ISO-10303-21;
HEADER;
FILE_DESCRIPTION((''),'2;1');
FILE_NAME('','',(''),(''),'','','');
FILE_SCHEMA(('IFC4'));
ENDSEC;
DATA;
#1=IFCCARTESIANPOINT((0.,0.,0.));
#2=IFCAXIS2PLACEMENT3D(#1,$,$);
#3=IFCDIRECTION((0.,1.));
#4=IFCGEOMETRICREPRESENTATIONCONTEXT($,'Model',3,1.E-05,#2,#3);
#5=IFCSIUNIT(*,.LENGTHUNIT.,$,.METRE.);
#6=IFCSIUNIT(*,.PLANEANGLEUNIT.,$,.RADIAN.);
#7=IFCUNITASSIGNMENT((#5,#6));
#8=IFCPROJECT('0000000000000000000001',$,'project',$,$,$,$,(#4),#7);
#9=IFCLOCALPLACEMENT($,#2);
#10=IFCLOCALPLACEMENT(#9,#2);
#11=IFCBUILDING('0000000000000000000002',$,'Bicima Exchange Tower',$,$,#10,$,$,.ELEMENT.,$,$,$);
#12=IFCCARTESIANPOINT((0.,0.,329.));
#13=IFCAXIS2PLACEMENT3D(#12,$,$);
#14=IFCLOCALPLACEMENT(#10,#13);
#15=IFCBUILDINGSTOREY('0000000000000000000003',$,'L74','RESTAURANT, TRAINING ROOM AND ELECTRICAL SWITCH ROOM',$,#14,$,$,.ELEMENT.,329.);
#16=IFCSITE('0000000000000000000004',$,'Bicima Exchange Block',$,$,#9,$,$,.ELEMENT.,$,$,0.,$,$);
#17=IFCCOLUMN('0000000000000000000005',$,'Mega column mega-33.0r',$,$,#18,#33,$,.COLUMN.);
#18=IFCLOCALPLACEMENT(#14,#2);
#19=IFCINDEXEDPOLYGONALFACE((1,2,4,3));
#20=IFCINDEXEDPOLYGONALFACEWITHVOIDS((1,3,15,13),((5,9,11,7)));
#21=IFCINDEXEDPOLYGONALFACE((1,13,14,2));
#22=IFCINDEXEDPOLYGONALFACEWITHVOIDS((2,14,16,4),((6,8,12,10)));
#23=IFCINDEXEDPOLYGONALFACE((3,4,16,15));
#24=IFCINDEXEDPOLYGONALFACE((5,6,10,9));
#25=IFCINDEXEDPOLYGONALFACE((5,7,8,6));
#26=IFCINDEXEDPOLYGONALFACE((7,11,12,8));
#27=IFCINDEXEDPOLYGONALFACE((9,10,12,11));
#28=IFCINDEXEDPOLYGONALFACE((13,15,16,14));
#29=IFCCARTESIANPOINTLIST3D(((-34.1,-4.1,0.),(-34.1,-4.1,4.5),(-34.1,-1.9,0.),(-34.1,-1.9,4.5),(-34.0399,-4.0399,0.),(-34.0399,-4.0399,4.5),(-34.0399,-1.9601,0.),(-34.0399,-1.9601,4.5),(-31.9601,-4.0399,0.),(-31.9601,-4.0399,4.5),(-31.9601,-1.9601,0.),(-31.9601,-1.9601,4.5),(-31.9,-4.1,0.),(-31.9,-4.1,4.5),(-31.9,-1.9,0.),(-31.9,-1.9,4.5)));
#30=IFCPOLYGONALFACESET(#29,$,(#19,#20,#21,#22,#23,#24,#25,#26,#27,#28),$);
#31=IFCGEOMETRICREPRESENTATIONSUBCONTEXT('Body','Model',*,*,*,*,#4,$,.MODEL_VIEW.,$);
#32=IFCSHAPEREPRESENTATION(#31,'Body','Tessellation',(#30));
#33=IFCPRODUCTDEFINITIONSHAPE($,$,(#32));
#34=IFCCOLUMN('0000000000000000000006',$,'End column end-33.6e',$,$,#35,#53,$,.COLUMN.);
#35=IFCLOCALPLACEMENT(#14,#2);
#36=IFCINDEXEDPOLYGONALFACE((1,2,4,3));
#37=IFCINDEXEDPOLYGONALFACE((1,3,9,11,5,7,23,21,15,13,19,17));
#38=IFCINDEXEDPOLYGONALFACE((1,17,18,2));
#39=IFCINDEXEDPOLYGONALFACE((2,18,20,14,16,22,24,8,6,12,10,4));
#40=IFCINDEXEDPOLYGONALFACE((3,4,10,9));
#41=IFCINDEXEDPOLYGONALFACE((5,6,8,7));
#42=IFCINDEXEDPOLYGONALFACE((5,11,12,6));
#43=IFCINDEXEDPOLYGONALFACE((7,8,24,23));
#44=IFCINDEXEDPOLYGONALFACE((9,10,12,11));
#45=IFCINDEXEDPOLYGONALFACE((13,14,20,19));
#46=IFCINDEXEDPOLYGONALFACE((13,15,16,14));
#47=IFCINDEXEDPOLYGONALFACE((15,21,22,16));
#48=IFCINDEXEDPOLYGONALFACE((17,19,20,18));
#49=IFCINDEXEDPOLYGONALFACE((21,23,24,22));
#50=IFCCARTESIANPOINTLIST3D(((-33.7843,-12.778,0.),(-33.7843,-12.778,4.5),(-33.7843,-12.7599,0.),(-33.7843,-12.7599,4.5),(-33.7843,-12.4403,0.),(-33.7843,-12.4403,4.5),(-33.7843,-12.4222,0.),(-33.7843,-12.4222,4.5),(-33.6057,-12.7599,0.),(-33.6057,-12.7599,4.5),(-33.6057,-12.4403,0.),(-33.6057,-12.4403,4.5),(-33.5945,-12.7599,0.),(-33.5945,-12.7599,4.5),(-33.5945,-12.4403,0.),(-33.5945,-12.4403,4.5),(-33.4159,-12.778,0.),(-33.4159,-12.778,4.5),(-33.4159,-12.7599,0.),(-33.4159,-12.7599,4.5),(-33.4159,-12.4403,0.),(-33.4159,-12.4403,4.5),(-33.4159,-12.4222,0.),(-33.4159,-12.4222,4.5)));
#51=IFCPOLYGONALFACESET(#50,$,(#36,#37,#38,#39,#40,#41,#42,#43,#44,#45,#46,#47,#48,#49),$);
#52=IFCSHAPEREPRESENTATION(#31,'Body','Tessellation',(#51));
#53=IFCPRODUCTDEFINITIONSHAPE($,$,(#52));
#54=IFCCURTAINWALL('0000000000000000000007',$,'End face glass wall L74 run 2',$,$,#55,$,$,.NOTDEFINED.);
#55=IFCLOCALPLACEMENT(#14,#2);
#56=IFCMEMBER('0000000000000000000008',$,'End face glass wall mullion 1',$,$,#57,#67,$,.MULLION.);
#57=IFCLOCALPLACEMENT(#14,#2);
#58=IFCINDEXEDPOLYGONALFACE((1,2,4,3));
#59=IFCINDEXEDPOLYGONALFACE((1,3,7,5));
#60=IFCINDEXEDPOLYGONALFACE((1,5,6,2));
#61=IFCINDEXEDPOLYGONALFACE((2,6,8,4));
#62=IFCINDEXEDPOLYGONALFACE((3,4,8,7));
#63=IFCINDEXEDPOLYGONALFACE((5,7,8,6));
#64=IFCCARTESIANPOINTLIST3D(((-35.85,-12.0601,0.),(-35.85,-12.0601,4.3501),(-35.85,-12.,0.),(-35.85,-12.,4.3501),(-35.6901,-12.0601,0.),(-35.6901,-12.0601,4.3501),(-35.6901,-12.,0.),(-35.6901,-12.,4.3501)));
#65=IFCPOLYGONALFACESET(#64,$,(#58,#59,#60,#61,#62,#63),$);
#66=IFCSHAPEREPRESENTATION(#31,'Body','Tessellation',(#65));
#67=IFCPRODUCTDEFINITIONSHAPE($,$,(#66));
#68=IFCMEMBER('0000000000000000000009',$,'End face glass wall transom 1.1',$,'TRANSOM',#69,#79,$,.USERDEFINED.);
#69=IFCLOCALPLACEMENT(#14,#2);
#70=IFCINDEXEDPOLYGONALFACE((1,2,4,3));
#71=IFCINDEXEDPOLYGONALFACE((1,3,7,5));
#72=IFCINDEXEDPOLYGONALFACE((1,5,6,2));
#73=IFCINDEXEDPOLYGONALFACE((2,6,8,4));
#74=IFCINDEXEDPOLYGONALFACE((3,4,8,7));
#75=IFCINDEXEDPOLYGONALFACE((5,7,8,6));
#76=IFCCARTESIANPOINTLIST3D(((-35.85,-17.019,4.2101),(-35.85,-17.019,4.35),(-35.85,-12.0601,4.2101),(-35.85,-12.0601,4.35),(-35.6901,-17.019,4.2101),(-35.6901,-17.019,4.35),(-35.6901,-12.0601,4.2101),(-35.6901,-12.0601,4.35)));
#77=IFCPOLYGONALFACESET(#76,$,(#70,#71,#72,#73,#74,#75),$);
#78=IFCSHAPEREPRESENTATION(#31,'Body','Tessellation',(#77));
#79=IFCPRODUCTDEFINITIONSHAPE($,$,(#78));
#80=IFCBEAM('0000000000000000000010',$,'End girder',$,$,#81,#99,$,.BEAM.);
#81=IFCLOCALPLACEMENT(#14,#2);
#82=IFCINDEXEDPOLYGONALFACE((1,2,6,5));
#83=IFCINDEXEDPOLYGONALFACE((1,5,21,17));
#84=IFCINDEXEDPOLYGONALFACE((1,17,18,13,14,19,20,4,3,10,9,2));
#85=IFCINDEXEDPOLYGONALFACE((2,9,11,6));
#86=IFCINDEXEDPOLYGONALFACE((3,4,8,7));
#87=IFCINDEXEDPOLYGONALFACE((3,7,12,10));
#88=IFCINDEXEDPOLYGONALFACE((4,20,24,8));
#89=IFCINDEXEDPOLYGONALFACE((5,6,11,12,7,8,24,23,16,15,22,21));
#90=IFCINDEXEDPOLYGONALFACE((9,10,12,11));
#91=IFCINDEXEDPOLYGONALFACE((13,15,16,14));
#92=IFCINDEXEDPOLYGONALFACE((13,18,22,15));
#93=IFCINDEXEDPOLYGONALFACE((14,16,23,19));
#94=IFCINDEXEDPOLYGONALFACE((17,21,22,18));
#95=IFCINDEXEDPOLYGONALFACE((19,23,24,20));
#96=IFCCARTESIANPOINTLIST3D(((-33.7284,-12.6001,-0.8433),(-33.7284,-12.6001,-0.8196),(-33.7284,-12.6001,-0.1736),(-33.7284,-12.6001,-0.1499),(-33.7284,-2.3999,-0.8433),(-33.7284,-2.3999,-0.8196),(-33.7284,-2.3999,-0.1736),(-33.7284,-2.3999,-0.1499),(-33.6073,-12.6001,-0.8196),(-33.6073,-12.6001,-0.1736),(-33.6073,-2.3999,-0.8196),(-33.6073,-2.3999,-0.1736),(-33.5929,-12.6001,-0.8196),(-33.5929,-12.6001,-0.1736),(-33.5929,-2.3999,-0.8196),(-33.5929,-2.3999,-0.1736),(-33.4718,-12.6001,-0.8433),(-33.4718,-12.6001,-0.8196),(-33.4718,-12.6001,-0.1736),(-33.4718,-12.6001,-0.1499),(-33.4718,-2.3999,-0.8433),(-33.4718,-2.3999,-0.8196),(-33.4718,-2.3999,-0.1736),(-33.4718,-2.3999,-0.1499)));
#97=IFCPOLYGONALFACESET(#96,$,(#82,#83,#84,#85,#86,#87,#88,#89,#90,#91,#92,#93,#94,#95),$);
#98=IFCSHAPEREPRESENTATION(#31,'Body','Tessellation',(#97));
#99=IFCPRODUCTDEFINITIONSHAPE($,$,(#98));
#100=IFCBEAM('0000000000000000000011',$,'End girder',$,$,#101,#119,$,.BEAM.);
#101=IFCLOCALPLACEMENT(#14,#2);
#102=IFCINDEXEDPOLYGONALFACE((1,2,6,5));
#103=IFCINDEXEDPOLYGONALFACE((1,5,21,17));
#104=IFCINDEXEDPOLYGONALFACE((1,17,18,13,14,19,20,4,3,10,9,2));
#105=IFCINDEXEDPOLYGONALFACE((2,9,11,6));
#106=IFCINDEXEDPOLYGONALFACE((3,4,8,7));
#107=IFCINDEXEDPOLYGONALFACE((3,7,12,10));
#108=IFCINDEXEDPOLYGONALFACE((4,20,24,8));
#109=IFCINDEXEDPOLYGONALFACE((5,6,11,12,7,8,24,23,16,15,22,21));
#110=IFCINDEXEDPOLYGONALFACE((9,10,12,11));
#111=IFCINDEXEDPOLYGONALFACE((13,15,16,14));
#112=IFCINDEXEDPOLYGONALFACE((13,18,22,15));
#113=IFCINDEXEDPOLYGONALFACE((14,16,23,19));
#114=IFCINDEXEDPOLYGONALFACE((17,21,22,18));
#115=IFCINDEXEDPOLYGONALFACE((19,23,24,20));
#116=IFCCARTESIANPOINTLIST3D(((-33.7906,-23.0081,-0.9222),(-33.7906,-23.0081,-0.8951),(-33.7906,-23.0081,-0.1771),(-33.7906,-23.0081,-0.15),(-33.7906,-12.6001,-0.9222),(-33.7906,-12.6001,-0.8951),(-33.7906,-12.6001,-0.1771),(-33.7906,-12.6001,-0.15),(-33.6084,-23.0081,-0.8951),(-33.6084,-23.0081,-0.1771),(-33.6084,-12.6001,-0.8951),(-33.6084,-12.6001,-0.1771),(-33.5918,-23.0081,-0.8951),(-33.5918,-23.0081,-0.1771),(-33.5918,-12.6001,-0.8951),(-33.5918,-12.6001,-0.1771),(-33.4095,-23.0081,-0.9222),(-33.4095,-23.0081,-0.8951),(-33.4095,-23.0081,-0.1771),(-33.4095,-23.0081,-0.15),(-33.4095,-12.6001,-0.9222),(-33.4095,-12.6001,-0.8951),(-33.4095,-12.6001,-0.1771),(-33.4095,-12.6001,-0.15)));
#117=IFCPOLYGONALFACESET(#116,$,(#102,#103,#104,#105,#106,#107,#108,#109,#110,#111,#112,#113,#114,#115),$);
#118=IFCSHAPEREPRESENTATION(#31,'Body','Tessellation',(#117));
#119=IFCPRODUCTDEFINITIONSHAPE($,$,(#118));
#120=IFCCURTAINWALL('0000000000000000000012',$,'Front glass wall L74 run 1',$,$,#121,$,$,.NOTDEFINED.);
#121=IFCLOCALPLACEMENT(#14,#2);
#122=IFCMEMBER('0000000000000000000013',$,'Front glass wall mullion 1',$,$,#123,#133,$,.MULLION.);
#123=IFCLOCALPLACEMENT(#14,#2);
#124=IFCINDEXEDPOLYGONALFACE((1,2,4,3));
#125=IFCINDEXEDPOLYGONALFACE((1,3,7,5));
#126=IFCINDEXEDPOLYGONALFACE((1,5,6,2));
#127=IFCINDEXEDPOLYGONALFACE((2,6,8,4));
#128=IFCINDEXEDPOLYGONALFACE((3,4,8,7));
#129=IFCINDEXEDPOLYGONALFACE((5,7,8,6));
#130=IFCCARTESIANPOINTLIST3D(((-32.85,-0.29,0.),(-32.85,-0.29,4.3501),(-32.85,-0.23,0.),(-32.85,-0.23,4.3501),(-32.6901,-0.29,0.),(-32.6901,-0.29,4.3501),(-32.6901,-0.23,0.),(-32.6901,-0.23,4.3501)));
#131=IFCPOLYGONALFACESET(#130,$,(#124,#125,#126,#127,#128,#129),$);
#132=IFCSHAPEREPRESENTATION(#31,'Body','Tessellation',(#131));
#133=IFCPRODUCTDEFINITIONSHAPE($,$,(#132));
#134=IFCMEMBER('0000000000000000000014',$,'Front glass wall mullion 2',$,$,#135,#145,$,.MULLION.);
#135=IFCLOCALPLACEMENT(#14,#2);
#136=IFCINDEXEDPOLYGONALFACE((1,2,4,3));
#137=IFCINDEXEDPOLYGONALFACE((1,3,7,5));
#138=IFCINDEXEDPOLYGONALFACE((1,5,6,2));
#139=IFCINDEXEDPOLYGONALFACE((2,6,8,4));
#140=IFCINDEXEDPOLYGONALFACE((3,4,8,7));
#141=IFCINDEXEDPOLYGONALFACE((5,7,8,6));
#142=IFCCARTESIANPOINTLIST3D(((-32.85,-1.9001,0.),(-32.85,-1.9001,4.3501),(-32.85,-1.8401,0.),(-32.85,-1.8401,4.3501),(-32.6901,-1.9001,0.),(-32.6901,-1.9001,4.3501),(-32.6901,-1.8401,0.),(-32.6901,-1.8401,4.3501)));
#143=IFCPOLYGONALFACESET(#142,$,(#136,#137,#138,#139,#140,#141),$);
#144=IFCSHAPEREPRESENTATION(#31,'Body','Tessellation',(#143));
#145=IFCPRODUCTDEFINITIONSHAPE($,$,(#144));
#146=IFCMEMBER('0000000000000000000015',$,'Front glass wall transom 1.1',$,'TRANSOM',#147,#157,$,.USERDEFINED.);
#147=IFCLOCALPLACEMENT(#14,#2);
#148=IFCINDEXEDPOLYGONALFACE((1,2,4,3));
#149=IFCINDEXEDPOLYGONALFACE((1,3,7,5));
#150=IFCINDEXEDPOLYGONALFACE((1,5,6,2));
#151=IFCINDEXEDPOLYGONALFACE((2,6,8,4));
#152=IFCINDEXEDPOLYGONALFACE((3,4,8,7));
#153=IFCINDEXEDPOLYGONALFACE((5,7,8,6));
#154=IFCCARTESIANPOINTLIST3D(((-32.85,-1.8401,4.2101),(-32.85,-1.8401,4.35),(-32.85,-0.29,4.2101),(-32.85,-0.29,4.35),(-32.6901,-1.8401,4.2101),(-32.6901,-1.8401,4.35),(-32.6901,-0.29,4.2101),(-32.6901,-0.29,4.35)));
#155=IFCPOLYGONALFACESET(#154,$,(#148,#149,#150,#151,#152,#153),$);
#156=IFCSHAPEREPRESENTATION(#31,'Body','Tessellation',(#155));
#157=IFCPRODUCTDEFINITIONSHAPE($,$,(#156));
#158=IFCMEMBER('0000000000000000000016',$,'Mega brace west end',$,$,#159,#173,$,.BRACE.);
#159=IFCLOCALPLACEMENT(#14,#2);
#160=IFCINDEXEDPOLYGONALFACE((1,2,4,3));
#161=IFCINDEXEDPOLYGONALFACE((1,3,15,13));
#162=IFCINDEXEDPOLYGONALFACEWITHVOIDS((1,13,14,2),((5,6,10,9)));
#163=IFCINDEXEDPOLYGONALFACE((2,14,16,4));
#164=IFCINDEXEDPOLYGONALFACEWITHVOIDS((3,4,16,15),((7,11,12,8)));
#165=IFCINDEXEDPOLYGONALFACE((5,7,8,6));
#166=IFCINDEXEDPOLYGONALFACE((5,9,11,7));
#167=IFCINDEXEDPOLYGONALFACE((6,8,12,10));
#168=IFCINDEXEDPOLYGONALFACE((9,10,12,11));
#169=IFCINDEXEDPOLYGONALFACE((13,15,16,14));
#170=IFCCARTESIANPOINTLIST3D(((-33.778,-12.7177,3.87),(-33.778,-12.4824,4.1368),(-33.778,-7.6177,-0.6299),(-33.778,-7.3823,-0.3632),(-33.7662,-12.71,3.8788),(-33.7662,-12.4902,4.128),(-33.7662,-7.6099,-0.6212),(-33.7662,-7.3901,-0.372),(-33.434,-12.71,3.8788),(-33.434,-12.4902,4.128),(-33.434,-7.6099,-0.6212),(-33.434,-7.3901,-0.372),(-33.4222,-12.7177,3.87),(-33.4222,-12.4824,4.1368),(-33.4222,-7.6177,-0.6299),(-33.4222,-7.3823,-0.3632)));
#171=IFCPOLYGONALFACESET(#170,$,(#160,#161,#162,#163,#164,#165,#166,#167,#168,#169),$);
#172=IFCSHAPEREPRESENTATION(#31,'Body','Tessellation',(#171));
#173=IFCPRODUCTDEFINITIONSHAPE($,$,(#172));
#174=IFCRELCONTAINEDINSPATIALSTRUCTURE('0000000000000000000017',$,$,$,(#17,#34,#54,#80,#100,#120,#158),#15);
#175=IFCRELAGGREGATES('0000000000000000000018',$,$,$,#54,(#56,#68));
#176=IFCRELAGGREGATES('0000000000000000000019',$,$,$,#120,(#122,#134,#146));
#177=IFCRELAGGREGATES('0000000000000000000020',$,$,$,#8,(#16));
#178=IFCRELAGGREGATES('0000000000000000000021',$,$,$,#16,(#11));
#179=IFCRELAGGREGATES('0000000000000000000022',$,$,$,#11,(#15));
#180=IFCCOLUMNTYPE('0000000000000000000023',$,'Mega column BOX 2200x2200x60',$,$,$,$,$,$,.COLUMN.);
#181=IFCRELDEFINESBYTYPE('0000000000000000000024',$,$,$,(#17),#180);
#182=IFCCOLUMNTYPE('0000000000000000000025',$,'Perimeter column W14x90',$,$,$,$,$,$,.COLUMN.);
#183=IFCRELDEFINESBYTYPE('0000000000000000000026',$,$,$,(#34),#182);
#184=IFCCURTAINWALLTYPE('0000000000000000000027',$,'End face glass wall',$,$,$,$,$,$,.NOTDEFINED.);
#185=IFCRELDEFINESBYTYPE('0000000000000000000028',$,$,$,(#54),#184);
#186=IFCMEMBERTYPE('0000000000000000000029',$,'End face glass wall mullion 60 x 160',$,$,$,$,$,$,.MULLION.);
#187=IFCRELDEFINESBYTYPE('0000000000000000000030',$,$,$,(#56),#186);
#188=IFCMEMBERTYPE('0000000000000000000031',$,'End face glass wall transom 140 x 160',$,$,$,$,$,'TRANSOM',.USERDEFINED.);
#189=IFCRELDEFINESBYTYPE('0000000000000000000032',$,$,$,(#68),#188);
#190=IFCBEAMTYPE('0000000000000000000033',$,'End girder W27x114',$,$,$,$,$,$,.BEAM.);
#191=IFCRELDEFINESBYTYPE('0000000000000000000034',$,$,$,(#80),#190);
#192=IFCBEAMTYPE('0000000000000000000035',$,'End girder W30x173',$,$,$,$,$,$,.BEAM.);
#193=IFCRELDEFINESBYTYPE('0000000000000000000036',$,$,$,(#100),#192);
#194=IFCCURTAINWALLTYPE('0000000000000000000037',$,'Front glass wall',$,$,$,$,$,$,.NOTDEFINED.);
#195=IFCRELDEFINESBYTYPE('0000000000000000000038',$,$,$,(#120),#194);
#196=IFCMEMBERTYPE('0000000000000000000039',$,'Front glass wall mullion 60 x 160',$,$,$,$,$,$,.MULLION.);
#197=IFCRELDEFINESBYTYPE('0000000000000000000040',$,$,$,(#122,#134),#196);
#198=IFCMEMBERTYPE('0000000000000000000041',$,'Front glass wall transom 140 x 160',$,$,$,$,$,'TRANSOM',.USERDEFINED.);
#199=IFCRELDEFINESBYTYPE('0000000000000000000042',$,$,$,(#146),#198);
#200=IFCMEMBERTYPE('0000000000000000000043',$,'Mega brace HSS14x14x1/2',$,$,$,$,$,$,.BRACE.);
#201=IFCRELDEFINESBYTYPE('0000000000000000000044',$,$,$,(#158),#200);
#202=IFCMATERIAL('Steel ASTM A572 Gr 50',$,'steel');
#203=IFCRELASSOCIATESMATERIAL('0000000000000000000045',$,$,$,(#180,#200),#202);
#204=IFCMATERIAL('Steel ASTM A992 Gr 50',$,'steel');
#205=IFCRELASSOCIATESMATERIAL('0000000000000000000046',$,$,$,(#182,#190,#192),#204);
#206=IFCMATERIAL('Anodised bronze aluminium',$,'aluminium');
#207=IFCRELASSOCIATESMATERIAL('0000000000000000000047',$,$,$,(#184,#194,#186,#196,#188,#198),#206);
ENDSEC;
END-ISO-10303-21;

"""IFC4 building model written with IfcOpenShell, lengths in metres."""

from ifc_helpers import new_model, si_unit, direction, frame, origin, origin_2d, place, context, subcontext, project, spatial, rectangle, hollow_rectangle, i_section, extrude, material, material_profile, profile_set, type_object, element, aggregate, save


model = new_model("IFC4")

# Units and contexts
model_context = context("Model", 3, precision=1e-05, world=origin(), true_north=direction((0.0, 1.0)))
body_context = subcontext(model_context, "Body", "Model", "MODEL_VIEW")
ifc_project = project(units=[si_unit("LENGTHUNIT", "METRE"), si_unit("PLANEANGLEUNIT", "RADIAN")], contexts=[model_context])

# Site, building, storey
site_placement = place(None, origin())
site = spatial("IfcSite", under=ifc_project, at=site_placement, Name="Bicima Exchange Block", CompositionType="ELEMENT", RefElevation=0.0)
building_placement = place(site_placement, origin())
building = spatial("IfcBuilding", under=site, at=building_placement, Name="Bicima Exchange Tower", CompositionType="ELEMENT")
storey_placement = place(building_placement, frame((0.0, 0.0, 329.0)))
storey = spatial("IfcBuildingStorey", under=building, at=storey_placement, Name="L74", Description="RESTAURANT, TRAINING ROOM AND ELECTRICAL SWITCH ROOM", CompositionType="ELEMENT", Elevation=329.0)

# Columns
ifc_material_1 = material(Name="Steel ASTM A572 Gr 50", Category="steel")
ifc_material_profile_1 = material_profile(ifc_material_1, hollow_rectangle(XDim=2.2, YDim=2.2, WallThickness=0.0601, at=origin_2d()))
ifc_profile_set_1 = profile_set([ifc_material_profile_1], Name="Steel ASTM A572 Gr 50")
column_type_1 = type_object("IfcColumnType", Name="Mega column BOX 2200x2200x60", PredefinedType="COLUMN", material=ifc_profile_set_1)
column_1_placement = place(storey_placement, frame((-33.0, -3.0, 0.0), z_axis=(0.0, 0.0, 1.0), x_axis=(1.0, 0.0, 0.0)))
element("IfcColumn", 1, at=column_1_placement, inside=storey, type_object=column_type_1, Name="Mega column mega-33.0r", PredefinedType="COLUMN", context=body_context, shape_type="SweptSolid", body=[
    extrude(hollow_rectangle(XDim=2.2, YDim=2.2, WallThickness=0.0601, at=origin_2d()), origin(), (0.0, 0.0, 1.0), 4.5),
])
ifc_material_2 = material(Name="Steel ASTM A992 Gr 50", Category="steel")
ifc_material_profile_2 = material_profile(ifc_material_2, i_section(OverallWidth=0.3684, OverallDepth=0.3557, WebThickness=0.0112, FlangeThickness=0.0181, at=origin_2d()))
ifc_profile_set_2 = profile_set([ifc_material_profile_2], Name="Steel ASTM A992 Gr 50")
column_type_2 = type_object("IfcColumnType", Name="Perimeter column W14x90", PredefinedType="COLUMN", material=ifc_profile_set_2)
column_2_placement = place(storey_placement, frame((-33.6001, -12.6001, 0.0), z_axis=(0.0, 0.0, 1.0), x_axis=(1.0, 0.0, 0.0)))
element("IfcColumn", 2, at=column_2_placement, inside=storey, type_object=column_type_2, Name="End column end-33.6e", PredefinedType="COLUMN", context=body_context, shape_type="SweptSolid", body=[
    extrude(i_section(OverallWidth=0.3684, OverallDepth=0.3557, WebThickness=0.0112, FlangeThickness=0.0181, at=origin_2d()), origin(), (0.0, 0.0, 1.0), 4.5),
])

# Curtain wall, members
ifc_material_3 = material(Name="Anodised bronze aluminium", Category="aluminium")
curtain_wall_type_1 = type_object("IfcCurtainWallType", Name="End face glass wall", PredefinedType="NOTDEFINED", material=ifc_material_3)
curtain_wall_1_placement = place(storey_placement, origin())
curtain_wall_1 = element("IfcCurtainWall", 3, at=curtain_wall_1_placement, inside=storey, type_object=curtain_wall_type_1, Name="End face glass wall L74 run 2", PredefinedType="NOTDEFINED")
ifc_material_profile_3 = material_profile(ifc_material_3, rectangle(XDim=0.1599, YDim=0.0601, at=origin_2d()))
ifc_profile_set_3 = profile_set([ifc_material_profile_3], Name="Anodised bronze aluminium")
member_type_1 = type_object("IfcMemberType", Name="End face glass wall mullion 60 x 160", PredefinedType="MULLION", material=ifc_profile_set_3)
member_1_placement = place(storey_placement, frame((-35.77, -12.03, 0.0), z_axis=(0.0, 0.0, 1.0), x_axis=(1.0, 0.0, 0.0)))
member_1 = element("IfcMember", 4, at=member_1_placement, type_object=member_type_1, Name="End face glass wall mullion 1", PredefinedType="MULLION", context=body_context, shape_type="SweptSolid", body=[
    extrude(rectangle(XDim=0.1599, YDim=0.0601, at=origin_2d()), origin(), (0.0, 0.0, 1.0), 4.3501),
])
ifc_material_profile_4 = material_profile(ifc_material_3, rectangle(XDim=0.1599, YDim=0.1399, at=origin_2d()))
ifc_profile_set_4 = profile_set([ifc_material_profile_4], Name="Anodised bronze aluminium")
member_type_2 = type_object("IfcMemberType", Name="End face glass wall transom 140 x 160", ElementType="TRANSOM", PredefinedType="USERDEFINED", material=ifc_profile_set_4)
member_2_placement = place(storey_placement, frame((-35.77, -12.0601, 4.28), z_axis=(0.0, -1.0, 0.0), x_axis=(1.0, 0.0, 0.0)))
member_2 = element("IfcMember", 5, at=member_2_placement, type_object=member_type_2, Name="End face glass wall transom 1.1", ObjectType="TRANSOM", PredefinedType="USERDEFINED", context=body_context, shape_type="SweptSolid", body=[
    extrude(rectangle(XDim=0.1599, YDim=0.1399, at=origin_2d()), origin(), (0.0, 0.0, 1.0), 4.959),
])
aggregate(curtain_wall_1, [member_1, member_2])

# Beams
ifc_material_profile_5 = material_profile(ifc_material_2, i_section(OverallWidth=0.2566, OverallDepth=0.6934, WebThickness=0.0144, FlangeThickness=0.0237, at=origin_2d()))
ifc_profile_set_5 = profile_set([ifc_material_profile_5], Name="Steel ASTM A992 Gr 50")
beam_type_1 = type_object("IfcBeamType", Name="End girder W27x114", PredefinedType="BEAM", material=ifc_profile_set_5)
beam_1_placement = place(storey_placement, frame((-33.6001, -2.3999, -0.4966), z_axis=(0.0, -1.0, 0.0), x_axis=(1.0, 0.0, 0.0)))
element("IfcBeam", 6, at=beam_1_placement, inside=storey, type_object=beam_type_1, Name="End girder", PredefinedType="BEAM", context=body_context, shape_type="SweptSolid", body=[
    extrude(i_section(OverallWidth=0.2566, OverallDepth=0.6934, WebThickness=0.0144, FlangeThickness=0.0237, at=origin_2d()), origin(), (0.0, 0.0, 1.0), 10.2002),
])
ifc_material_profile_6 = material_profile(ifc_material_2, i_section(OverallWidth=0.3811, OverallDepth=0.7722, WebThickness=0.0166, FlangeThickness=0.0271, at=origin_2d()))
ifc_profile_set_6 = profile_set([ifc_material_profile_6], Name="Steel ASTM A992 Gr 50")
beam_type_2 = type_object("IfcBeamType", Name="End girder W30x173", PredefinedType="BEAM", material=ifc_profile_set_6)
beam_2_placement = place(storey_placement, frame((-33.6001, -12.6001, -0.5361), z_axis=(0.0, -1.0, 0.0), x_axis=(1.0, 0.0, 0.0)))
element("IfcBeam", 7, at=beam_2_placement, inside=storey, type_object=beam_type_2, Name="End girder", PredefinedType="BEAM", context=body_context, shape_type="SweptSolid", body=[
    extrude(i_section(OverallWidth=0.3811, OverallDepth=0.7722, WebThickness=0.0166, FlangeThickness=0.0271, at=origin_2d()), origin(), (0.0, 0.0, 1.0), 10.408),
])

# Curtain wall, members
curtain_wall_type_2 = type_object("IfcCurtainWallType", Name="Front glass wall", PredefinedType="NOTDEFINED", material=ifc_material_3)
curtain_wall_2_placement = place(storey_placement, origin())
curtain_wall_2 = element("IfcCurtainWall", 8, at=curtain_wall_2_placement, inside=storey, type_object=curtain_wall_type_2, Name="Front glass wall L74 run 1", PredefinedType="NOTDEFINED")
member_type_3 = type_object("IfcMemberType", Name="Front glass wall mullion 60 x 160", PredefinedType="MULLION", material=ifc_profile_set_3)
member_3_placement = place(storey_placement, frame((-32.77, -0.26, 0.0), z_axis=(0.0, 0.0, 1.0), x_axis=(1.0, 0.0, 0.0)))
member_3 = element("IfcMember", 9, at=member_3_placement, type_object=member_type_3, Name="Front glass wall mullion 1", PredefinedType="MULLION", context=body_context, shape_type="SweptSolid", body=[
    extrude(rectangle(XDim=0.1599, YDim=0.0601, at=origin_2d()), origin(), (0.0, 0.0, 1.0), 4.3501),
])
member_4_placement = place(storey_placement, frame((-32.77, -1.8701, 0.0), z_axis=(0.0, 0.0, 1.0), x_axis=(1.0, 0.0, 0.0)))
member_4 = element("IfcMember", 10, at=member_4_placement, type_object=member_type_3, Name="Front glass wall mullion 2", PredefinedType="MULLION", context=body_context, shape_type="SweptSolid", body=[
    extrude(rectangle(XDim=0.1599, YDim=0.0601, at=origin_2d()), origin(), (0.0, 0.0, 1.0), 4.3501),
])
member_type_4 = type_object("IfcMemberType", Name="Front glass wall transom 140 x 160", ElementType="TRANSOM", PredefinedType="USERDEFINED", material=ifc_profile_set_4)
member_5_placement = place(storey_placement, frame((-32.77, -0.29, 4.28), z_axis=(0.0, -1.0, 0.0), x_axis=(1.0, 0.0, 0.0)))
member_5 = element("IfcMember", 11, at=member_5_placement, type_object=member_type_4, Name="Front glass wall transom 1.1", ObjectType="TRANSOM", PredefinedType="USERDEFINED", context=body_context, shape_type="SweptSolid", body=[
    extrude(rectangle(XDim=0.1599, YDim=0.1399, at=origin_2d()), origin(), (0.0, 0.0, 1.0), 1.55),
])

# Member
ifc_material_profile_7 = material_profile(ifc_material_1, hollow_rectangle(XDim=0.3557, YDim=0.3557, WallThickness=0.0117, at=origin_2d()))
ifc_profile_set_7 = profile_set([ifc_material_profile_7], Name="Steel ASTM A572 Gr 50")
member_type_5 = type_object("IfcMemberType", Name="Mega brace HSS14x14x1/2", PredefinedType="BRACE", material=ifc_profile_set_7)
for number, where, z_axis, x_axis, name in (
    (12, (-33.6001, -7.5, -0.4966), (0.0, -0.749844, 0.661615), (1.0, 0.0, 0.0), "Mega brace west end"),
):
    element("IfcMember", number, at=place(storey_placement, frame(where, z_axis=z_axis, x_axis=x_axis)), inside=storey, type_object=member_type_5, Name=name, PredefinedType="BRACE", context=body_context, shape_type="SweptSolid", body=[
        extrude(hollow_rectangle(XDim=0.3557, YDim=0.3557, WallThickness=0.0117, at=origin_2d()), origin(), (0.0, 0.0, 1.0), 6.8015),
    ])

aggregate(curtain_wall_2, [member_3, member_4, member_5])

save(model, "model.ifc")
